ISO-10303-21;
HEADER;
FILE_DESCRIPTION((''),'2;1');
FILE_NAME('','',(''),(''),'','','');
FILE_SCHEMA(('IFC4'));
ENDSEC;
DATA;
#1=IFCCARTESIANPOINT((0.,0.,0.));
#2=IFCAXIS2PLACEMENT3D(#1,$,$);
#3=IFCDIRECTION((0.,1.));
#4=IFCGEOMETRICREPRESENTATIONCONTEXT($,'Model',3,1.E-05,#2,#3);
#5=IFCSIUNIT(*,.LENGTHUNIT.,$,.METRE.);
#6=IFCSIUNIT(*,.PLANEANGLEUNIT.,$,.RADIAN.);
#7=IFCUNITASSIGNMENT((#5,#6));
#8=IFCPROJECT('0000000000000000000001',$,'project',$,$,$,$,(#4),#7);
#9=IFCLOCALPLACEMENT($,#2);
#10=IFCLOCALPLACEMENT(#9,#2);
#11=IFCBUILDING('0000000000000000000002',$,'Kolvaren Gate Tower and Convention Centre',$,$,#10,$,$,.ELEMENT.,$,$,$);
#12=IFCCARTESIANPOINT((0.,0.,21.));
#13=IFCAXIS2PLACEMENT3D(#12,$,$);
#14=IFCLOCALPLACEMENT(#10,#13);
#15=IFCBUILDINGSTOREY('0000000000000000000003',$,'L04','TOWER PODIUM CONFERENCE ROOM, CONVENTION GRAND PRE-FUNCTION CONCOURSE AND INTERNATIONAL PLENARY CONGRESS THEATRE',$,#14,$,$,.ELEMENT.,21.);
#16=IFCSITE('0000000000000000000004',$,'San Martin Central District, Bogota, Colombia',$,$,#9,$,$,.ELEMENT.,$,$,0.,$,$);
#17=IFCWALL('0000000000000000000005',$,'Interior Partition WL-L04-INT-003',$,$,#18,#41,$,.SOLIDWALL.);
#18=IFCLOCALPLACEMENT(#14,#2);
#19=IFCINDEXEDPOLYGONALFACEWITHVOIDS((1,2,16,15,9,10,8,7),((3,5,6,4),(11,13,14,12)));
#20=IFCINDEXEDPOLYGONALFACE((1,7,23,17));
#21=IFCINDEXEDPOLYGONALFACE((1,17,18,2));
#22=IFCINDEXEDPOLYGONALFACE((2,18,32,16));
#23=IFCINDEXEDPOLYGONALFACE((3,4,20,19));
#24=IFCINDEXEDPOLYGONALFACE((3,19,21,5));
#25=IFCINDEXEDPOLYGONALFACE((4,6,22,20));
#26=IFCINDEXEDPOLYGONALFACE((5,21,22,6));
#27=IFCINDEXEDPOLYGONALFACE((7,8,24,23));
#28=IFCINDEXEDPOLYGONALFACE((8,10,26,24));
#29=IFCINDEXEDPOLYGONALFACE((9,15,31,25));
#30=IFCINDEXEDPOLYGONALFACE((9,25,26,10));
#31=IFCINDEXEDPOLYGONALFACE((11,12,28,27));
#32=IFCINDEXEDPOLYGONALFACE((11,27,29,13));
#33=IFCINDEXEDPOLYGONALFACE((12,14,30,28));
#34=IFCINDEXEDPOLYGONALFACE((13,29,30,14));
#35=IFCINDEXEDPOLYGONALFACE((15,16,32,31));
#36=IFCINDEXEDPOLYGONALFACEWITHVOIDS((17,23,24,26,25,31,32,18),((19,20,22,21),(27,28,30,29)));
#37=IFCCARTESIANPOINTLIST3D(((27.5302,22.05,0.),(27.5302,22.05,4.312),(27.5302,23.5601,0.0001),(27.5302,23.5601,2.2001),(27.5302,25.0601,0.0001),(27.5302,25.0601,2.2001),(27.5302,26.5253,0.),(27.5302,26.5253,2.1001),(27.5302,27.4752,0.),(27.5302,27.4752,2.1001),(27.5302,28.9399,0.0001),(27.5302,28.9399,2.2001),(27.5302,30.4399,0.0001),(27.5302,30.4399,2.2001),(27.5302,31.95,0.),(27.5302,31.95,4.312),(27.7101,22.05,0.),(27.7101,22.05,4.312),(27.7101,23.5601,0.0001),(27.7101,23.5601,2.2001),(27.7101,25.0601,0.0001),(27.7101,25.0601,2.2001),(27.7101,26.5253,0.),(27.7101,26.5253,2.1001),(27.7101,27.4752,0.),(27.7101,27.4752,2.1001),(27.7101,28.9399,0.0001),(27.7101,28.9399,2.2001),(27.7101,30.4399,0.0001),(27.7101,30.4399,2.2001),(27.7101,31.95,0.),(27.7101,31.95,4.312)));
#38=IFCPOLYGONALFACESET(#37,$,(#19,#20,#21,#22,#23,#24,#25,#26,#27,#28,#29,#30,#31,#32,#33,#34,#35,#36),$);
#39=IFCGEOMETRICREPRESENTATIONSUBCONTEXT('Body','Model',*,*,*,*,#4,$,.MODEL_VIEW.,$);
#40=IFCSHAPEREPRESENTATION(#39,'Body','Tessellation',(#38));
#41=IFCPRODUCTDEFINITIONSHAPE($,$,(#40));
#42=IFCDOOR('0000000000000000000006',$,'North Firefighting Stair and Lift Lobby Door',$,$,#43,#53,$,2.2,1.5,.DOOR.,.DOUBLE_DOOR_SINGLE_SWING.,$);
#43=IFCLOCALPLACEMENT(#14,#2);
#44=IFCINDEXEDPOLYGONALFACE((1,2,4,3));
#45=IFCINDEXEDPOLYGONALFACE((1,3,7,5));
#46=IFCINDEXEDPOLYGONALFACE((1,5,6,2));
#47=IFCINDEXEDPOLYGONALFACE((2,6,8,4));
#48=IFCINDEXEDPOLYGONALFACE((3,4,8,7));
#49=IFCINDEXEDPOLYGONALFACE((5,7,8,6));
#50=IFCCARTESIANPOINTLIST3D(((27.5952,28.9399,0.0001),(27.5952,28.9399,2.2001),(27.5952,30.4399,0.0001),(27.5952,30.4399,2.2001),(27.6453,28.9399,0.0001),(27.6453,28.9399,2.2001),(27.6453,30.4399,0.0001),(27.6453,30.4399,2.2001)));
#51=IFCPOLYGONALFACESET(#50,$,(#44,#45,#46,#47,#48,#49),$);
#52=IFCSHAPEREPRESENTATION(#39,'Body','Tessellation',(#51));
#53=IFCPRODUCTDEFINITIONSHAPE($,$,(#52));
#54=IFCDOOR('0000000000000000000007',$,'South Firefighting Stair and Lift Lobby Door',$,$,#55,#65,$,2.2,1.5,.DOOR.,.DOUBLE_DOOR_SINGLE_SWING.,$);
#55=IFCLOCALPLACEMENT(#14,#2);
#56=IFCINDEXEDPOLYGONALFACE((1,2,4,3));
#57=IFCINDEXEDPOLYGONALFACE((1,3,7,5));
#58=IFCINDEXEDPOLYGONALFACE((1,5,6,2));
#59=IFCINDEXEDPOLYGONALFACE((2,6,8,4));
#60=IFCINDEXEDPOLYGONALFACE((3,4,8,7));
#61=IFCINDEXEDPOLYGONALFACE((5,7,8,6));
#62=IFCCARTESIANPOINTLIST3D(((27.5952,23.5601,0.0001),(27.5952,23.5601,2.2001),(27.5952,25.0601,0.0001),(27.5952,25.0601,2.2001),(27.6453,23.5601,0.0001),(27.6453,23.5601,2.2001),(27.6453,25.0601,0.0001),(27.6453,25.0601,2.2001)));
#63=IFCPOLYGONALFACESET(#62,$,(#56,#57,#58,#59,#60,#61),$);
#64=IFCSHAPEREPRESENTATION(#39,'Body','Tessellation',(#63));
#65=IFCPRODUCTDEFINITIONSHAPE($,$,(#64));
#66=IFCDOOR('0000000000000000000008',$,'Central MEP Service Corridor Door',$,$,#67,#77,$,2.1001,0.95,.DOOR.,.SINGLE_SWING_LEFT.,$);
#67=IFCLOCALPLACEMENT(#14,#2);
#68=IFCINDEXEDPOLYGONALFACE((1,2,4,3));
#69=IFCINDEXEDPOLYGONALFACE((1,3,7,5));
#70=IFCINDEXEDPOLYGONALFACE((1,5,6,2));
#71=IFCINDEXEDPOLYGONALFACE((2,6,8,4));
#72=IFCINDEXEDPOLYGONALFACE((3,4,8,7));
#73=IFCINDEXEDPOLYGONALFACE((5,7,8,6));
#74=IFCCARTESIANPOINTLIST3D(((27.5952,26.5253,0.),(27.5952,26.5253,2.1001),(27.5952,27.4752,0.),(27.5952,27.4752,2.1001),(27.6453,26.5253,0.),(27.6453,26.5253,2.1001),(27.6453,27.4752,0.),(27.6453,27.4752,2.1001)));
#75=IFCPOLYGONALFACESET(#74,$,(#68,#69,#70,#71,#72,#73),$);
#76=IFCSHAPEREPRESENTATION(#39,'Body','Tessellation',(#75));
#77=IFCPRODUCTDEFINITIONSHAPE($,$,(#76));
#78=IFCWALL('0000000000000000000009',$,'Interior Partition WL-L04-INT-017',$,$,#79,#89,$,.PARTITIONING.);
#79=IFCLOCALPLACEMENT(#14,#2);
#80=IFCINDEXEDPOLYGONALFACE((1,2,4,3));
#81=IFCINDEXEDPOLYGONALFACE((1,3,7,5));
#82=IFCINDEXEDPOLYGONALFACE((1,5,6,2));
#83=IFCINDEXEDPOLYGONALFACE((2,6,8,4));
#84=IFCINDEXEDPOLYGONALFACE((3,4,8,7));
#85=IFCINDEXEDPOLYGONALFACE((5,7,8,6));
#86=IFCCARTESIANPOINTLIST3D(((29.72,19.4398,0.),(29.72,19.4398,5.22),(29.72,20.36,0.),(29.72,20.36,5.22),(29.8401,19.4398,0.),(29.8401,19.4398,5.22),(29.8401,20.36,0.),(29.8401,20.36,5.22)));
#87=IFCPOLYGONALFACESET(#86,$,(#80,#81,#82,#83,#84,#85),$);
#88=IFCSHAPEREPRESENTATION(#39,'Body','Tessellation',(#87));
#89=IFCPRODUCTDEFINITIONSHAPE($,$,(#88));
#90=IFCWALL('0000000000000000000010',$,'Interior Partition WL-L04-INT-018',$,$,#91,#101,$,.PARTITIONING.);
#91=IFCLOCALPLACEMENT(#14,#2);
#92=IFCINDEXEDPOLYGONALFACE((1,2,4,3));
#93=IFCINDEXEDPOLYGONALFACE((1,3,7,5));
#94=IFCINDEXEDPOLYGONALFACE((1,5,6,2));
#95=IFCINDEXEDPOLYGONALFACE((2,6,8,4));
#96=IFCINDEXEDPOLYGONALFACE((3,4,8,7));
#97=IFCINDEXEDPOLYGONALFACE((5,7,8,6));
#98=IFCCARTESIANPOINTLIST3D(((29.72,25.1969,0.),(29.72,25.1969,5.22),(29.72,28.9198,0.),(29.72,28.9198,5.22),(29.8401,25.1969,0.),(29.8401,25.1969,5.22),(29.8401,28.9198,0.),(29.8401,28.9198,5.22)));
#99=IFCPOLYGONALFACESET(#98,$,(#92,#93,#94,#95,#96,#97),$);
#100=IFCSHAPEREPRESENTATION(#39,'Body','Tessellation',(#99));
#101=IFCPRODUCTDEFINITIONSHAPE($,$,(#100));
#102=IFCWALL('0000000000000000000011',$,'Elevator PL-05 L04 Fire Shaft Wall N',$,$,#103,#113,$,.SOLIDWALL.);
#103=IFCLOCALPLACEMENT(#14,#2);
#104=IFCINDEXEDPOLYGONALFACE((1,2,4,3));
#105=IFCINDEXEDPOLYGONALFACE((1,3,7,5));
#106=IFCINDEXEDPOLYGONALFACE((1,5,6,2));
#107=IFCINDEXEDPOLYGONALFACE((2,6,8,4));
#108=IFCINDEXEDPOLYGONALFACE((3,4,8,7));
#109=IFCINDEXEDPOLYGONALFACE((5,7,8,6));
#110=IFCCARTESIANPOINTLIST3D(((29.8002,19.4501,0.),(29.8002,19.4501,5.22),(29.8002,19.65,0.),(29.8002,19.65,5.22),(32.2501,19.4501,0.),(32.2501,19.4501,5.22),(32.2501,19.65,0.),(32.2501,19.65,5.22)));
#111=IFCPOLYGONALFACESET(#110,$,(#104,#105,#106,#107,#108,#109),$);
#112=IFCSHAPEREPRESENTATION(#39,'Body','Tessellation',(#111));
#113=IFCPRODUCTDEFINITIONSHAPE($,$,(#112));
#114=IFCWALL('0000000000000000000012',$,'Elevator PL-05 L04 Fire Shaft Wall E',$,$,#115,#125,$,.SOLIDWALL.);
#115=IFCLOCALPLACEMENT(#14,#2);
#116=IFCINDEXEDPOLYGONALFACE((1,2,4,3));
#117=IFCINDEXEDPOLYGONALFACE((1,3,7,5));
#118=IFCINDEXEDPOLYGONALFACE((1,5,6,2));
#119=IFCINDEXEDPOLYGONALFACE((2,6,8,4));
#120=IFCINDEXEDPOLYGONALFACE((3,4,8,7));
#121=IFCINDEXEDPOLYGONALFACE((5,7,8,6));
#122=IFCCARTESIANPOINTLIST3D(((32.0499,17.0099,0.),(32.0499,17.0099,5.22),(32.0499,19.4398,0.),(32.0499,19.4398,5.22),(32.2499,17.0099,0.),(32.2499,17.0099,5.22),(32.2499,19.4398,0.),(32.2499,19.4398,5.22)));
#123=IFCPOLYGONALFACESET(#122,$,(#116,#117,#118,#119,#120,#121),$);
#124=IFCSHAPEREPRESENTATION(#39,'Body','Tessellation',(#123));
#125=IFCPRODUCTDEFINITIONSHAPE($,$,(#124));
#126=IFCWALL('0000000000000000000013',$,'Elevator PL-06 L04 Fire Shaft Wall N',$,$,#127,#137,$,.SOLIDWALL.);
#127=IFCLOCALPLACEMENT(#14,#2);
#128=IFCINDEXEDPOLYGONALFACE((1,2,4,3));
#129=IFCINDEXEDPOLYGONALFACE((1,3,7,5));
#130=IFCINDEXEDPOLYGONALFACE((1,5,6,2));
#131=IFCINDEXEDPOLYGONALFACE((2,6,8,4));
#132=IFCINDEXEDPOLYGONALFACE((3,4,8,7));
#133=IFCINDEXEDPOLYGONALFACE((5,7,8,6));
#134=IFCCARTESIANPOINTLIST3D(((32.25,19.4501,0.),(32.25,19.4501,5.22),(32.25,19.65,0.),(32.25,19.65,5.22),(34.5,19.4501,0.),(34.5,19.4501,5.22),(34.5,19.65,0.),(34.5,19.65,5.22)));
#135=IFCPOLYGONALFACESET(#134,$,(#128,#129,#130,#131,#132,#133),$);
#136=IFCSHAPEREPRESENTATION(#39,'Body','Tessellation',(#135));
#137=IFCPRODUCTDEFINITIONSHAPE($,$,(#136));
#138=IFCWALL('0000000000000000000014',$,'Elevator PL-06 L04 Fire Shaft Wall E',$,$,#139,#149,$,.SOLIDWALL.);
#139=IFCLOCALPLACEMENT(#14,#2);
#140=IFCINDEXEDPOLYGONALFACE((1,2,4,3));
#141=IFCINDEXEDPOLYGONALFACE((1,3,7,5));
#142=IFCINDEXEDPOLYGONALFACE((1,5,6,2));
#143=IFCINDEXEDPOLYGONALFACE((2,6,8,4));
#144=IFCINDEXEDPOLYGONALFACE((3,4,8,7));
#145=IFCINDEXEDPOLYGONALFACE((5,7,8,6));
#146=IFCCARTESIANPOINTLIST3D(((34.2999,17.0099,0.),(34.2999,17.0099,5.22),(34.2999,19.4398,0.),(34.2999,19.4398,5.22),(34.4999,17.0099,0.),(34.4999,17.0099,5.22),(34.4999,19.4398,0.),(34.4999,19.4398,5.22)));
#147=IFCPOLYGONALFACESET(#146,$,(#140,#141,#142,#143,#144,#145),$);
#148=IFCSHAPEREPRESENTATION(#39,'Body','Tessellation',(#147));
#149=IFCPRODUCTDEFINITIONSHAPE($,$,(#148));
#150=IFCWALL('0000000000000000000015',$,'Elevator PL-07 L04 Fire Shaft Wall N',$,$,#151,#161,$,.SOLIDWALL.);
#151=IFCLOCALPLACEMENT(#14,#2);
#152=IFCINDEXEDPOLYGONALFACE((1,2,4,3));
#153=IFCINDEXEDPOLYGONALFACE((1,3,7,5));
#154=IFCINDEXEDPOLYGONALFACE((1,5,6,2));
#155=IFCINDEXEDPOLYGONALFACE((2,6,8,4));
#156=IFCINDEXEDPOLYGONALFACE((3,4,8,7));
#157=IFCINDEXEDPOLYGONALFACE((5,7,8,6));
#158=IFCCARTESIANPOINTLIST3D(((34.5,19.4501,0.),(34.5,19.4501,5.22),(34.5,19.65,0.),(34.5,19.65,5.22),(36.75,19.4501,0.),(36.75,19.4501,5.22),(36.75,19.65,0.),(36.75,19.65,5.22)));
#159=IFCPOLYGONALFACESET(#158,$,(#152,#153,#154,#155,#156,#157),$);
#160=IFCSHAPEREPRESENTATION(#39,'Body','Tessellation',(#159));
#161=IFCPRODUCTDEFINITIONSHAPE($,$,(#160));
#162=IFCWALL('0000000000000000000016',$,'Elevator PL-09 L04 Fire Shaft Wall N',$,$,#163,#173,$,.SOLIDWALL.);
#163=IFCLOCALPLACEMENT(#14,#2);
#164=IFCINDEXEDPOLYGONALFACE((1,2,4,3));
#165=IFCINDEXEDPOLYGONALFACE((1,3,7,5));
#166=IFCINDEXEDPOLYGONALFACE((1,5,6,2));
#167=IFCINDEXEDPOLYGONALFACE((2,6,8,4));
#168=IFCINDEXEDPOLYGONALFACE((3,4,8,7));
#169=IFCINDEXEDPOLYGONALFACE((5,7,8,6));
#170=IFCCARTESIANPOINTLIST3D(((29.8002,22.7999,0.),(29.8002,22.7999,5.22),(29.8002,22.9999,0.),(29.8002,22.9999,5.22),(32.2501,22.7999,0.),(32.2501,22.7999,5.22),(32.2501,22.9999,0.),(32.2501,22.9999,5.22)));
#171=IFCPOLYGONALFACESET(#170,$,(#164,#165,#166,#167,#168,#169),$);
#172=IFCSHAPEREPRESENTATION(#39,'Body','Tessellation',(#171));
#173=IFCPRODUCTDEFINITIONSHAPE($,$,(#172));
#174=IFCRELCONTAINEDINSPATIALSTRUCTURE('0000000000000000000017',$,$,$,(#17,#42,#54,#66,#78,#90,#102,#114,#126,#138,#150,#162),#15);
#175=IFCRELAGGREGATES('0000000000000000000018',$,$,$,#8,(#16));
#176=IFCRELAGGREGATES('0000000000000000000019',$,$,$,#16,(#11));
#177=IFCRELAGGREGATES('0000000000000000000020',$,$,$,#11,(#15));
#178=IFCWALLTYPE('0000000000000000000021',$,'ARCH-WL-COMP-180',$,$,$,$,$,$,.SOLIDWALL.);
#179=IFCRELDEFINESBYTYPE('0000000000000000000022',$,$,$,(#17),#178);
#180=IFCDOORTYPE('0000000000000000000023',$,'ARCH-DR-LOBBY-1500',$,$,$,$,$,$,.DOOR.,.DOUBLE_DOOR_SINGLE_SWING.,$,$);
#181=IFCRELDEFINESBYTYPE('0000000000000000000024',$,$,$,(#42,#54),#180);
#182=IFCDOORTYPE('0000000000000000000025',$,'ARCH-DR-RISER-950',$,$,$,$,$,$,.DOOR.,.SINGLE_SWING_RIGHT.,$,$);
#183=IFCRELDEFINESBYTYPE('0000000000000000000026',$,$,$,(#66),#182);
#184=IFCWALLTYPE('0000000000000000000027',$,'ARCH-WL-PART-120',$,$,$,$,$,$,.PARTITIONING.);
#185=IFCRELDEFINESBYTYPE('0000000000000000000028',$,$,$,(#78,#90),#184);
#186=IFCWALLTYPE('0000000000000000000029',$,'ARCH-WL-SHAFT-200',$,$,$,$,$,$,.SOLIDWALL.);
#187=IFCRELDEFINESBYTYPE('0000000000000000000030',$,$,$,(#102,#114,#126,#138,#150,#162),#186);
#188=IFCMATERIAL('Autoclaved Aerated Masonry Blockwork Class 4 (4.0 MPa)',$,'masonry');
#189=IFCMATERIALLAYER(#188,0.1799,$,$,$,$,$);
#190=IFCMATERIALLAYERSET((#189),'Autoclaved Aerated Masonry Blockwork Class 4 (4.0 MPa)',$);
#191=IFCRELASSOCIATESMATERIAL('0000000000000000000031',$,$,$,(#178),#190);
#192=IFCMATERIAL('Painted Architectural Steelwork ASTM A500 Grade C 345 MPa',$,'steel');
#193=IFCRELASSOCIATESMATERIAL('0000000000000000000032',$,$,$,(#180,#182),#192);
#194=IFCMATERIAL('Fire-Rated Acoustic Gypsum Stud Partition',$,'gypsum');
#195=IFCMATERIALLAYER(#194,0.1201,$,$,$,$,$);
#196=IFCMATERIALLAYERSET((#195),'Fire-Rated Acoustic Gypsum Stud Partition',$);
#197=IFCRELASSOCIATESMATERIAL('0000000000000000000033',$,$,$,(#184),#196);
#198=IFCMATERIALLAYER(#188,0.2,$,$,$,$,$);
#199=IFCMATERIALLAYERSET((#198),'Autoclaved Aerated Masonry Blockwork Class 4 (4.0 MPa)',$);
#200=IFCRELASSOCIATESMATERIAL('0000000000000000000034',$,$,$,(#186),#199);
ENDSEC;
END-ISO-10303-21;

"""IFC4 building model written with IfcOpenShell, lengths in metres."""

from ifc_helpers import new_model, si_unit, direction, frame, frame_2d, origin, place, context, subcontext, project, spatial, rectangle, extrude, material, layer, layer_set, type_object, element, fill, save


model = new_model("IFC4")

# Units and contexts
model_context = context("Model", 3, precision=1e-05, world=origin(), true_north=direction((0.0, 1.0)))
body_context = subcontext(model_context, "Body", "Model", "MODEL_VIEW")
ifc_project = project(units=[si_unit("LENGTHUNIT", "METRE"), si_unit("PLANEANGLEUNIT", "RADIAN")], contexts=[model_context])

# Site, building, storey
site_placement = place(None, origin())
site = spatial("IfcSite", under=ifc_project, at=site_placement, Name="San Martin Central District, Bogota, Colombia", CompositionType="ELEMENT", RefElevation=0.0)
building_placement = place(site_placement, origin())
building = spatial("IfcBuilding", under=site, at=building_placement, Name="Kolvaren Gate Tower and Convention Centre", CompositionType="ELEMENT")
storey_placement = place(building_placement, frame((0.0, 0.0, 21.0)))
storey = spatial("IfcBuildingStorey", under=building, at=storey_placement, Name="L04", Description="TOWER PODIUM CONFERENCE ROOM, CONVENTION GRAND PRE-FUNCTION CONCOURSE AND INTERNATIONAL PLENARY CONGRESS THEATRE", CompositionType="ELEMENT", Elevation=21.0)

# Wall, openings, doors
ifc_material_1 = material(Name="Autoclaved Aerated Masonry Blockwork Class 4 (4.0 MPa)", Category="masonry")
ifc_layer_1 = layer(ifc_material_1, 0.1799)
ifc_layer_set_1 = layer_set([ifc_layer_1], Name="Autoclaved Aerated Masonry Blockwork Class 4 (4.0 MPa)")
wall_type_1 = type_object("IfcWallType", Name="ARCH-WL-COMP-180", PredefinedType="SOLIDWALL", material=ifc_layer_set_1)
wall_1_placement = place(storey_placement, frame((27.6201, 22.05, 0.0), z_axis=(0.0, 0.0, 1.0), x_axis=(0.0, 1.0, 0.0)))
wall_1 = element("IfcWall", 1, at=wall_1_placement, inside=storey, type_object=wall_type_1, Name="Interior Partition WL-L04-INT-003", PredefinedType="SOLIDWALL", context=body_context, shape_type="SweptSolid", body=[
    extrude(rectangle(XDim=9.8999, YDim=0.1799, at=frame_2d((4.95, 0.0))), origin(), (0.0, 0.0, 1.0), 4.312),
])
opening_1_placement = place(wall_1_placement, frame((4.4751, 0.0, 0.0)))
opening_1 = element("IfcOpeningElement", 2, at=opening_1_placement, cuts=wall_1, PredefinedType="OPENING", context=body_context, shape_type="SweptSolid", body=[
    extrude(rectangle(XDim=0.95, YDim=2.1001, at=frame_2d((0.4751, 1.05))), frame((0.0, 0.0999, 0.0), z_axis=(0.0, -1.0, 0.0), x_axis=(1.0, 0.0, 0.0)), (0.0, 0.0, 1.0), 0.2),
])
opening_2_placement = place(wall_1_placement, frame((6.8899, 0.0, 0.0)))
opening_2 = element("IfcOpeningElement", 3, at=opening_2_placement, cuts=wall_1, PredefinedType="OPENING", context=body_context, shape_type="SweptSolid", body=[
    extrude(rectangle(XDim=1.5, YDim=2.2, at=frame_2d((0.75, 1.1001))), frame((0.0, 0.0999, 0.0), z_axis=(0.0, -1.0, 0.0), x_axis=(1.0, 0.0, 0.0)), (0.0, 0.0, 1.0), 0.2),
])
opening_3_placement = place(wall_1_placement, frame((1.51, 0.0, 0.0)))
opening_3 = element("IfcOpeningElement", 4, at=opening_3_placement, cuts=wall_1, PredefinedType="OPENING", context=body_context, shape_type="SweptSolid", body=[
    extrude(rectangle(XDim=1.5, YDim=2.2, at=frame_2d((0.75, 1.1001))), frame((0.0, 0.0999, 0.0), z_axis=(0.0, -1.0, 0.0), x_axis=(1.0, 0.0, 0.0)), (0.0, 0.0, 1.0), 0.2),
])
ifc_material_2 = material(Name="Painted Architectural Steelwork ASTM A500 Grade C 345 MPa", Category="steel")
door_type_1 = type_object("IfcDoorType", Name="ARCH-DR-LOBBY-1500", OperationType="DOUBLE_DOOR_SINGLE_SWING", PredefinedType="DOOR", material=ifc_material_2)
door_1_placement = place(opening_2_placement, origin())
door_1 = element("IfcDoor", 5, at=door_1_placement, inside=storey, type_object=door_type_1, Name="North Firefighting Stair and Lift Lobby Door", OperationType="DOUBLE_DOOR_SINGLE_SWING", OverallHeight=2.2, OverallWidth=1.5, PredefinedType="DOOR", context=body_context, shape_type="SweptSolid", body=[
    extrude(rectangle(XDim=1.5, YDim=2.2, at=frame_2d((0.75, 1.1001))), frame((0.0, 0.0249, 0.0), z_axis=(0.0, -1.0, 0.0), x_axis=(1.0, 0.0, 0.0)), (0.0, 0.0, 1.0), 0.05),
])
fill(opening_2, door_1)
door_2_placement = place(opening_3_placement, origin())
door_2 = element("IfcDoor", 6, at=door_2_placement, inside=storey, type_object=door_type_1, Name="South Firefighting Stair and Lift Lobby Door", OperationType="DOUBLE_DOOR_SINGLE_SWING", OverallHeight=2.2, OverallWidth=1.5, PredefinedType="DOOR", context=body_context, shape_type="SweptSolid", body=[
    extrude(rectangle(XDim=1.5, YDim=2.2, at=frame_2d((0.75, 1.1001))), frame((0.0, 0.0249, 0.0), z_axis=(0.0, -1.0, 0.0), x_axis=(1.0, 0.0, 0.0)), (0.0, 0.0, 1.0), 0.05),
])
fill(opening_3, door_2)
door_type_2 = type_object("IfcDoorType", Name="ARCH-DR-RISER-950", OperationType="SINGLE_SWING_RIGHT", PredefinedType="DOOR", material=ifc_material_2)
door_3_placement = place(opening_1_placement, origin())
door_3 = element("IfcDoor", 7, at=door_3_placement, inside=storey, type_object=door_type_2, Name="Central MEP Service Corridor Door", OperationType="SINGLE_SWING_LEFT", OverallHeight=2.1001, OverallWidth=0.95, PredefinedType="DOOR", context=body_context, shape_type="SweptSolid", body=[
    extrude(rectangle(XDim=0.95, YDim=2.1001, at=frame_2d((0.4751, 1.05))), frame((0.0, 0.0249, 0.0), z_axis=(0.0, -1.0, 0.0), x_axis=(1.0, 0.0, 0.0)), (0.0, 0.0, 1.0), 0.05),
])
fill(opening_1, door_3)

# Walls
ifc_material_3 = material(Name="Fire-Rated Acoustic Gypsum Stud Partition", Category="gypsum")
ifc_layer_2 = layer(ifc_material_3, 0.1201)
ifc_layer_set_2 = layer_set([ifc_layer_2], Name="Fire-Rated Acoustic Gypsum Stud Partition")
wall_type_2 = type_object("IfcWallType", Name="ARCH-WL-PART-120", PredefinedType="PARTITIONING", material=ifc_layer_set_2)
wall_2_placement = place(storey_placement, frame((29.78, 19.4399, 0.0), z_axis=(0.0, 0.0, 1.0), x_axis=(0.0, 1.0, 0.0)))
element("IfcWall", 8, at=wall_2_placement, inside=storey, type_object=wall_type_2, Name="Interior Partition WL-L04-INT-017", PredefinedType="PARTITIONING", context=body_context, shape_type="SweptSolid", body=[
    extrude(rectangle(XDim=0.9202, YDim=0.1201, at=frame_2d((0.46, 0.0))), origin(), (0.0, 0.0, 1.0), 5.22),
])
wall_3_placement = place(storey_placement, frame((29.78, 25.197, 0.0), z_axis=(0.0, 0.0, 1.0), x_axis=(0.0, 1.0, 0.0)))
element("IfcWall", 9, at=wall_3_placement, inside=storey, type_object=wall_type_2, Name="Interior Partition WL-L04-INT-018", PredefinedType="PARTITIONING", context=body_context, shape_type="SweptSolid", body=[
    extrude(rectangle(XDim=3.7229, YDim=0.1201, at=frame_2d((1.8613, 0.0))), origin(), (0.0, 0.0, 1.0), 5.22),
])
ifc_layer_3 = layer(ifc_material_1, 0.2)
ifc_layer_set_3 = layer_set([ifc_layer_3], Name="Autoclaved Aerated Masonry Blockwork Class 4 (4.0 MPa)")
wall_type_3 = type_object("IfcWallType", Name="ARCH-WL-SHAFT-200", PredefinedType="SOLIDWALL", material=ifc_layer_set_3)
wall_4_placement = place(storey_placement, frame((29.8, 19.55, 0.0), z_axis=(0.0, 0.0, 1.0), x_axis=(1.0, 0.0, 0.0)))
element("IfcWall", 10, at=wall_4_placement, inside=storey, type_object=wall_type_3, Name="Elevator PL-05 L04 Fire Shaft Wall N", PredefinedType="SOLIDWALL", context=body_context, shape_type="SweptSolid", body=[
    extrude(rectangle(XDim=2.45, YDim=0.2, at=frame_2d((1.2251, 0.0))), origin(), (0.0, 0.0, 1.0), 5.22),
])
wall_5_placement = place(storey_placement, frame((32.1499, 17.01, 0.0), z_axis=(0.0, 0.0, 1.0), x_axis=(0.0, 1.0, 0.0)))
element("IfcWall", 11, at=wall_5_placement, inside=storey, type_object=wall_type_3, Name="Elevator PL-05 L04 Fire Shaft Wall E", PredefinedType="SOLIDWALL", context=body_context, shape_type="SweptSolid", body=[
    extrude(rectangle(XDim=2.4299, YDim=0.2, at=frame_2d((1.2148, 0.0))), origin(), (0.0, 0.0, 1.0), 5.22),
])
wall_6_placement = place(storey_placement, frame((32.25, 19.55, 0.0), z_axis=(0.0, 0.0, 1.0), x_axis=(1.0, 0.0, 0.0)))
element("IfcWall", 12, at=wall_6_placement, inside=storey, type_object=wall_type_3, Name="Elevator PL-06 L04 Fire Shaft Wall N", PredefinedType="SOLIDWALL", context=body_context, shape_type="SweptSolid", body=[
    extrude(rectangle(XDim=2.25, YDim=0.2, at=frame_2d((1.125, 0.0))), origin(), (0.0, 0.0, 1.0), 5.22),
])
wall_7_placement = place(storey_placement, frame((34.3999, 17.01, 0.0), z_axis=(0.0, 0.0, 1.0), x_axis=(0.0, 1.0, 0.0)))
element("IfcWall", 13, at=wall_7_placement, inside=storey, type_object=wall_type_3, Name="Elevator PL-06 L04 Fire Shaft Wall E", PredefinedType="SOLIDWALL", context=body_context, shape_type="SweptSolid", body=[
    extrude(rectangle(XDim=2.4299, YDim=0.2, at=frame_2d((1.2148, 0.0))), origin(), (0.0, 0.0, 1.0), 5.22),
])
wall_8_placement = place(storey_placement, frame((34.5, 19.55, 0.0), z_axis=(0.0, 0.0, 1.0), x_axis=(1.0, 0.0, 0.0)))
element("IfcWall", 14, at=wall_8_placement, inside=storey, type_object=wall_type_3, Name="Elevator PL-07 L04 Fire Shaft Wall N", PredefinedType="SOLIDWALL", context=body_context, shape_type="SweptSolid", body=[
    extrude(rectangle(XDim=2.25, YDim=0.2, at=frame_2d((1.125, 0.0))), origin(), (0.0, 0.0, 1.0), 5.22),
])
for number, where, z_axis, x_axis, name in (
    (15, (29.8, 22.8999, 0.0), (0.0, 0.0, 1.0), (1.0, 0.0, 0.0), "Elevator PL-09 L04 Fire Shaft Wall N"),
):
    element("IfcWall", number, at=place(storey_placement, frame(where, z_axis=z_axis, x_axis=x_axis)), inside=storey, type_object=wall_type_3, Name=name, PredefinedType="SOLIDWALL", context=body_context, shape_type="SweptSolid", body=[
        extrude(rectangle(XDim=2.45, YDim=0.2, at=frame_2d((1.2251, 0.0))), origin(), (0.0, 0.0, 1.0), 5.22),
    ])

save(model, "model.ifc")
